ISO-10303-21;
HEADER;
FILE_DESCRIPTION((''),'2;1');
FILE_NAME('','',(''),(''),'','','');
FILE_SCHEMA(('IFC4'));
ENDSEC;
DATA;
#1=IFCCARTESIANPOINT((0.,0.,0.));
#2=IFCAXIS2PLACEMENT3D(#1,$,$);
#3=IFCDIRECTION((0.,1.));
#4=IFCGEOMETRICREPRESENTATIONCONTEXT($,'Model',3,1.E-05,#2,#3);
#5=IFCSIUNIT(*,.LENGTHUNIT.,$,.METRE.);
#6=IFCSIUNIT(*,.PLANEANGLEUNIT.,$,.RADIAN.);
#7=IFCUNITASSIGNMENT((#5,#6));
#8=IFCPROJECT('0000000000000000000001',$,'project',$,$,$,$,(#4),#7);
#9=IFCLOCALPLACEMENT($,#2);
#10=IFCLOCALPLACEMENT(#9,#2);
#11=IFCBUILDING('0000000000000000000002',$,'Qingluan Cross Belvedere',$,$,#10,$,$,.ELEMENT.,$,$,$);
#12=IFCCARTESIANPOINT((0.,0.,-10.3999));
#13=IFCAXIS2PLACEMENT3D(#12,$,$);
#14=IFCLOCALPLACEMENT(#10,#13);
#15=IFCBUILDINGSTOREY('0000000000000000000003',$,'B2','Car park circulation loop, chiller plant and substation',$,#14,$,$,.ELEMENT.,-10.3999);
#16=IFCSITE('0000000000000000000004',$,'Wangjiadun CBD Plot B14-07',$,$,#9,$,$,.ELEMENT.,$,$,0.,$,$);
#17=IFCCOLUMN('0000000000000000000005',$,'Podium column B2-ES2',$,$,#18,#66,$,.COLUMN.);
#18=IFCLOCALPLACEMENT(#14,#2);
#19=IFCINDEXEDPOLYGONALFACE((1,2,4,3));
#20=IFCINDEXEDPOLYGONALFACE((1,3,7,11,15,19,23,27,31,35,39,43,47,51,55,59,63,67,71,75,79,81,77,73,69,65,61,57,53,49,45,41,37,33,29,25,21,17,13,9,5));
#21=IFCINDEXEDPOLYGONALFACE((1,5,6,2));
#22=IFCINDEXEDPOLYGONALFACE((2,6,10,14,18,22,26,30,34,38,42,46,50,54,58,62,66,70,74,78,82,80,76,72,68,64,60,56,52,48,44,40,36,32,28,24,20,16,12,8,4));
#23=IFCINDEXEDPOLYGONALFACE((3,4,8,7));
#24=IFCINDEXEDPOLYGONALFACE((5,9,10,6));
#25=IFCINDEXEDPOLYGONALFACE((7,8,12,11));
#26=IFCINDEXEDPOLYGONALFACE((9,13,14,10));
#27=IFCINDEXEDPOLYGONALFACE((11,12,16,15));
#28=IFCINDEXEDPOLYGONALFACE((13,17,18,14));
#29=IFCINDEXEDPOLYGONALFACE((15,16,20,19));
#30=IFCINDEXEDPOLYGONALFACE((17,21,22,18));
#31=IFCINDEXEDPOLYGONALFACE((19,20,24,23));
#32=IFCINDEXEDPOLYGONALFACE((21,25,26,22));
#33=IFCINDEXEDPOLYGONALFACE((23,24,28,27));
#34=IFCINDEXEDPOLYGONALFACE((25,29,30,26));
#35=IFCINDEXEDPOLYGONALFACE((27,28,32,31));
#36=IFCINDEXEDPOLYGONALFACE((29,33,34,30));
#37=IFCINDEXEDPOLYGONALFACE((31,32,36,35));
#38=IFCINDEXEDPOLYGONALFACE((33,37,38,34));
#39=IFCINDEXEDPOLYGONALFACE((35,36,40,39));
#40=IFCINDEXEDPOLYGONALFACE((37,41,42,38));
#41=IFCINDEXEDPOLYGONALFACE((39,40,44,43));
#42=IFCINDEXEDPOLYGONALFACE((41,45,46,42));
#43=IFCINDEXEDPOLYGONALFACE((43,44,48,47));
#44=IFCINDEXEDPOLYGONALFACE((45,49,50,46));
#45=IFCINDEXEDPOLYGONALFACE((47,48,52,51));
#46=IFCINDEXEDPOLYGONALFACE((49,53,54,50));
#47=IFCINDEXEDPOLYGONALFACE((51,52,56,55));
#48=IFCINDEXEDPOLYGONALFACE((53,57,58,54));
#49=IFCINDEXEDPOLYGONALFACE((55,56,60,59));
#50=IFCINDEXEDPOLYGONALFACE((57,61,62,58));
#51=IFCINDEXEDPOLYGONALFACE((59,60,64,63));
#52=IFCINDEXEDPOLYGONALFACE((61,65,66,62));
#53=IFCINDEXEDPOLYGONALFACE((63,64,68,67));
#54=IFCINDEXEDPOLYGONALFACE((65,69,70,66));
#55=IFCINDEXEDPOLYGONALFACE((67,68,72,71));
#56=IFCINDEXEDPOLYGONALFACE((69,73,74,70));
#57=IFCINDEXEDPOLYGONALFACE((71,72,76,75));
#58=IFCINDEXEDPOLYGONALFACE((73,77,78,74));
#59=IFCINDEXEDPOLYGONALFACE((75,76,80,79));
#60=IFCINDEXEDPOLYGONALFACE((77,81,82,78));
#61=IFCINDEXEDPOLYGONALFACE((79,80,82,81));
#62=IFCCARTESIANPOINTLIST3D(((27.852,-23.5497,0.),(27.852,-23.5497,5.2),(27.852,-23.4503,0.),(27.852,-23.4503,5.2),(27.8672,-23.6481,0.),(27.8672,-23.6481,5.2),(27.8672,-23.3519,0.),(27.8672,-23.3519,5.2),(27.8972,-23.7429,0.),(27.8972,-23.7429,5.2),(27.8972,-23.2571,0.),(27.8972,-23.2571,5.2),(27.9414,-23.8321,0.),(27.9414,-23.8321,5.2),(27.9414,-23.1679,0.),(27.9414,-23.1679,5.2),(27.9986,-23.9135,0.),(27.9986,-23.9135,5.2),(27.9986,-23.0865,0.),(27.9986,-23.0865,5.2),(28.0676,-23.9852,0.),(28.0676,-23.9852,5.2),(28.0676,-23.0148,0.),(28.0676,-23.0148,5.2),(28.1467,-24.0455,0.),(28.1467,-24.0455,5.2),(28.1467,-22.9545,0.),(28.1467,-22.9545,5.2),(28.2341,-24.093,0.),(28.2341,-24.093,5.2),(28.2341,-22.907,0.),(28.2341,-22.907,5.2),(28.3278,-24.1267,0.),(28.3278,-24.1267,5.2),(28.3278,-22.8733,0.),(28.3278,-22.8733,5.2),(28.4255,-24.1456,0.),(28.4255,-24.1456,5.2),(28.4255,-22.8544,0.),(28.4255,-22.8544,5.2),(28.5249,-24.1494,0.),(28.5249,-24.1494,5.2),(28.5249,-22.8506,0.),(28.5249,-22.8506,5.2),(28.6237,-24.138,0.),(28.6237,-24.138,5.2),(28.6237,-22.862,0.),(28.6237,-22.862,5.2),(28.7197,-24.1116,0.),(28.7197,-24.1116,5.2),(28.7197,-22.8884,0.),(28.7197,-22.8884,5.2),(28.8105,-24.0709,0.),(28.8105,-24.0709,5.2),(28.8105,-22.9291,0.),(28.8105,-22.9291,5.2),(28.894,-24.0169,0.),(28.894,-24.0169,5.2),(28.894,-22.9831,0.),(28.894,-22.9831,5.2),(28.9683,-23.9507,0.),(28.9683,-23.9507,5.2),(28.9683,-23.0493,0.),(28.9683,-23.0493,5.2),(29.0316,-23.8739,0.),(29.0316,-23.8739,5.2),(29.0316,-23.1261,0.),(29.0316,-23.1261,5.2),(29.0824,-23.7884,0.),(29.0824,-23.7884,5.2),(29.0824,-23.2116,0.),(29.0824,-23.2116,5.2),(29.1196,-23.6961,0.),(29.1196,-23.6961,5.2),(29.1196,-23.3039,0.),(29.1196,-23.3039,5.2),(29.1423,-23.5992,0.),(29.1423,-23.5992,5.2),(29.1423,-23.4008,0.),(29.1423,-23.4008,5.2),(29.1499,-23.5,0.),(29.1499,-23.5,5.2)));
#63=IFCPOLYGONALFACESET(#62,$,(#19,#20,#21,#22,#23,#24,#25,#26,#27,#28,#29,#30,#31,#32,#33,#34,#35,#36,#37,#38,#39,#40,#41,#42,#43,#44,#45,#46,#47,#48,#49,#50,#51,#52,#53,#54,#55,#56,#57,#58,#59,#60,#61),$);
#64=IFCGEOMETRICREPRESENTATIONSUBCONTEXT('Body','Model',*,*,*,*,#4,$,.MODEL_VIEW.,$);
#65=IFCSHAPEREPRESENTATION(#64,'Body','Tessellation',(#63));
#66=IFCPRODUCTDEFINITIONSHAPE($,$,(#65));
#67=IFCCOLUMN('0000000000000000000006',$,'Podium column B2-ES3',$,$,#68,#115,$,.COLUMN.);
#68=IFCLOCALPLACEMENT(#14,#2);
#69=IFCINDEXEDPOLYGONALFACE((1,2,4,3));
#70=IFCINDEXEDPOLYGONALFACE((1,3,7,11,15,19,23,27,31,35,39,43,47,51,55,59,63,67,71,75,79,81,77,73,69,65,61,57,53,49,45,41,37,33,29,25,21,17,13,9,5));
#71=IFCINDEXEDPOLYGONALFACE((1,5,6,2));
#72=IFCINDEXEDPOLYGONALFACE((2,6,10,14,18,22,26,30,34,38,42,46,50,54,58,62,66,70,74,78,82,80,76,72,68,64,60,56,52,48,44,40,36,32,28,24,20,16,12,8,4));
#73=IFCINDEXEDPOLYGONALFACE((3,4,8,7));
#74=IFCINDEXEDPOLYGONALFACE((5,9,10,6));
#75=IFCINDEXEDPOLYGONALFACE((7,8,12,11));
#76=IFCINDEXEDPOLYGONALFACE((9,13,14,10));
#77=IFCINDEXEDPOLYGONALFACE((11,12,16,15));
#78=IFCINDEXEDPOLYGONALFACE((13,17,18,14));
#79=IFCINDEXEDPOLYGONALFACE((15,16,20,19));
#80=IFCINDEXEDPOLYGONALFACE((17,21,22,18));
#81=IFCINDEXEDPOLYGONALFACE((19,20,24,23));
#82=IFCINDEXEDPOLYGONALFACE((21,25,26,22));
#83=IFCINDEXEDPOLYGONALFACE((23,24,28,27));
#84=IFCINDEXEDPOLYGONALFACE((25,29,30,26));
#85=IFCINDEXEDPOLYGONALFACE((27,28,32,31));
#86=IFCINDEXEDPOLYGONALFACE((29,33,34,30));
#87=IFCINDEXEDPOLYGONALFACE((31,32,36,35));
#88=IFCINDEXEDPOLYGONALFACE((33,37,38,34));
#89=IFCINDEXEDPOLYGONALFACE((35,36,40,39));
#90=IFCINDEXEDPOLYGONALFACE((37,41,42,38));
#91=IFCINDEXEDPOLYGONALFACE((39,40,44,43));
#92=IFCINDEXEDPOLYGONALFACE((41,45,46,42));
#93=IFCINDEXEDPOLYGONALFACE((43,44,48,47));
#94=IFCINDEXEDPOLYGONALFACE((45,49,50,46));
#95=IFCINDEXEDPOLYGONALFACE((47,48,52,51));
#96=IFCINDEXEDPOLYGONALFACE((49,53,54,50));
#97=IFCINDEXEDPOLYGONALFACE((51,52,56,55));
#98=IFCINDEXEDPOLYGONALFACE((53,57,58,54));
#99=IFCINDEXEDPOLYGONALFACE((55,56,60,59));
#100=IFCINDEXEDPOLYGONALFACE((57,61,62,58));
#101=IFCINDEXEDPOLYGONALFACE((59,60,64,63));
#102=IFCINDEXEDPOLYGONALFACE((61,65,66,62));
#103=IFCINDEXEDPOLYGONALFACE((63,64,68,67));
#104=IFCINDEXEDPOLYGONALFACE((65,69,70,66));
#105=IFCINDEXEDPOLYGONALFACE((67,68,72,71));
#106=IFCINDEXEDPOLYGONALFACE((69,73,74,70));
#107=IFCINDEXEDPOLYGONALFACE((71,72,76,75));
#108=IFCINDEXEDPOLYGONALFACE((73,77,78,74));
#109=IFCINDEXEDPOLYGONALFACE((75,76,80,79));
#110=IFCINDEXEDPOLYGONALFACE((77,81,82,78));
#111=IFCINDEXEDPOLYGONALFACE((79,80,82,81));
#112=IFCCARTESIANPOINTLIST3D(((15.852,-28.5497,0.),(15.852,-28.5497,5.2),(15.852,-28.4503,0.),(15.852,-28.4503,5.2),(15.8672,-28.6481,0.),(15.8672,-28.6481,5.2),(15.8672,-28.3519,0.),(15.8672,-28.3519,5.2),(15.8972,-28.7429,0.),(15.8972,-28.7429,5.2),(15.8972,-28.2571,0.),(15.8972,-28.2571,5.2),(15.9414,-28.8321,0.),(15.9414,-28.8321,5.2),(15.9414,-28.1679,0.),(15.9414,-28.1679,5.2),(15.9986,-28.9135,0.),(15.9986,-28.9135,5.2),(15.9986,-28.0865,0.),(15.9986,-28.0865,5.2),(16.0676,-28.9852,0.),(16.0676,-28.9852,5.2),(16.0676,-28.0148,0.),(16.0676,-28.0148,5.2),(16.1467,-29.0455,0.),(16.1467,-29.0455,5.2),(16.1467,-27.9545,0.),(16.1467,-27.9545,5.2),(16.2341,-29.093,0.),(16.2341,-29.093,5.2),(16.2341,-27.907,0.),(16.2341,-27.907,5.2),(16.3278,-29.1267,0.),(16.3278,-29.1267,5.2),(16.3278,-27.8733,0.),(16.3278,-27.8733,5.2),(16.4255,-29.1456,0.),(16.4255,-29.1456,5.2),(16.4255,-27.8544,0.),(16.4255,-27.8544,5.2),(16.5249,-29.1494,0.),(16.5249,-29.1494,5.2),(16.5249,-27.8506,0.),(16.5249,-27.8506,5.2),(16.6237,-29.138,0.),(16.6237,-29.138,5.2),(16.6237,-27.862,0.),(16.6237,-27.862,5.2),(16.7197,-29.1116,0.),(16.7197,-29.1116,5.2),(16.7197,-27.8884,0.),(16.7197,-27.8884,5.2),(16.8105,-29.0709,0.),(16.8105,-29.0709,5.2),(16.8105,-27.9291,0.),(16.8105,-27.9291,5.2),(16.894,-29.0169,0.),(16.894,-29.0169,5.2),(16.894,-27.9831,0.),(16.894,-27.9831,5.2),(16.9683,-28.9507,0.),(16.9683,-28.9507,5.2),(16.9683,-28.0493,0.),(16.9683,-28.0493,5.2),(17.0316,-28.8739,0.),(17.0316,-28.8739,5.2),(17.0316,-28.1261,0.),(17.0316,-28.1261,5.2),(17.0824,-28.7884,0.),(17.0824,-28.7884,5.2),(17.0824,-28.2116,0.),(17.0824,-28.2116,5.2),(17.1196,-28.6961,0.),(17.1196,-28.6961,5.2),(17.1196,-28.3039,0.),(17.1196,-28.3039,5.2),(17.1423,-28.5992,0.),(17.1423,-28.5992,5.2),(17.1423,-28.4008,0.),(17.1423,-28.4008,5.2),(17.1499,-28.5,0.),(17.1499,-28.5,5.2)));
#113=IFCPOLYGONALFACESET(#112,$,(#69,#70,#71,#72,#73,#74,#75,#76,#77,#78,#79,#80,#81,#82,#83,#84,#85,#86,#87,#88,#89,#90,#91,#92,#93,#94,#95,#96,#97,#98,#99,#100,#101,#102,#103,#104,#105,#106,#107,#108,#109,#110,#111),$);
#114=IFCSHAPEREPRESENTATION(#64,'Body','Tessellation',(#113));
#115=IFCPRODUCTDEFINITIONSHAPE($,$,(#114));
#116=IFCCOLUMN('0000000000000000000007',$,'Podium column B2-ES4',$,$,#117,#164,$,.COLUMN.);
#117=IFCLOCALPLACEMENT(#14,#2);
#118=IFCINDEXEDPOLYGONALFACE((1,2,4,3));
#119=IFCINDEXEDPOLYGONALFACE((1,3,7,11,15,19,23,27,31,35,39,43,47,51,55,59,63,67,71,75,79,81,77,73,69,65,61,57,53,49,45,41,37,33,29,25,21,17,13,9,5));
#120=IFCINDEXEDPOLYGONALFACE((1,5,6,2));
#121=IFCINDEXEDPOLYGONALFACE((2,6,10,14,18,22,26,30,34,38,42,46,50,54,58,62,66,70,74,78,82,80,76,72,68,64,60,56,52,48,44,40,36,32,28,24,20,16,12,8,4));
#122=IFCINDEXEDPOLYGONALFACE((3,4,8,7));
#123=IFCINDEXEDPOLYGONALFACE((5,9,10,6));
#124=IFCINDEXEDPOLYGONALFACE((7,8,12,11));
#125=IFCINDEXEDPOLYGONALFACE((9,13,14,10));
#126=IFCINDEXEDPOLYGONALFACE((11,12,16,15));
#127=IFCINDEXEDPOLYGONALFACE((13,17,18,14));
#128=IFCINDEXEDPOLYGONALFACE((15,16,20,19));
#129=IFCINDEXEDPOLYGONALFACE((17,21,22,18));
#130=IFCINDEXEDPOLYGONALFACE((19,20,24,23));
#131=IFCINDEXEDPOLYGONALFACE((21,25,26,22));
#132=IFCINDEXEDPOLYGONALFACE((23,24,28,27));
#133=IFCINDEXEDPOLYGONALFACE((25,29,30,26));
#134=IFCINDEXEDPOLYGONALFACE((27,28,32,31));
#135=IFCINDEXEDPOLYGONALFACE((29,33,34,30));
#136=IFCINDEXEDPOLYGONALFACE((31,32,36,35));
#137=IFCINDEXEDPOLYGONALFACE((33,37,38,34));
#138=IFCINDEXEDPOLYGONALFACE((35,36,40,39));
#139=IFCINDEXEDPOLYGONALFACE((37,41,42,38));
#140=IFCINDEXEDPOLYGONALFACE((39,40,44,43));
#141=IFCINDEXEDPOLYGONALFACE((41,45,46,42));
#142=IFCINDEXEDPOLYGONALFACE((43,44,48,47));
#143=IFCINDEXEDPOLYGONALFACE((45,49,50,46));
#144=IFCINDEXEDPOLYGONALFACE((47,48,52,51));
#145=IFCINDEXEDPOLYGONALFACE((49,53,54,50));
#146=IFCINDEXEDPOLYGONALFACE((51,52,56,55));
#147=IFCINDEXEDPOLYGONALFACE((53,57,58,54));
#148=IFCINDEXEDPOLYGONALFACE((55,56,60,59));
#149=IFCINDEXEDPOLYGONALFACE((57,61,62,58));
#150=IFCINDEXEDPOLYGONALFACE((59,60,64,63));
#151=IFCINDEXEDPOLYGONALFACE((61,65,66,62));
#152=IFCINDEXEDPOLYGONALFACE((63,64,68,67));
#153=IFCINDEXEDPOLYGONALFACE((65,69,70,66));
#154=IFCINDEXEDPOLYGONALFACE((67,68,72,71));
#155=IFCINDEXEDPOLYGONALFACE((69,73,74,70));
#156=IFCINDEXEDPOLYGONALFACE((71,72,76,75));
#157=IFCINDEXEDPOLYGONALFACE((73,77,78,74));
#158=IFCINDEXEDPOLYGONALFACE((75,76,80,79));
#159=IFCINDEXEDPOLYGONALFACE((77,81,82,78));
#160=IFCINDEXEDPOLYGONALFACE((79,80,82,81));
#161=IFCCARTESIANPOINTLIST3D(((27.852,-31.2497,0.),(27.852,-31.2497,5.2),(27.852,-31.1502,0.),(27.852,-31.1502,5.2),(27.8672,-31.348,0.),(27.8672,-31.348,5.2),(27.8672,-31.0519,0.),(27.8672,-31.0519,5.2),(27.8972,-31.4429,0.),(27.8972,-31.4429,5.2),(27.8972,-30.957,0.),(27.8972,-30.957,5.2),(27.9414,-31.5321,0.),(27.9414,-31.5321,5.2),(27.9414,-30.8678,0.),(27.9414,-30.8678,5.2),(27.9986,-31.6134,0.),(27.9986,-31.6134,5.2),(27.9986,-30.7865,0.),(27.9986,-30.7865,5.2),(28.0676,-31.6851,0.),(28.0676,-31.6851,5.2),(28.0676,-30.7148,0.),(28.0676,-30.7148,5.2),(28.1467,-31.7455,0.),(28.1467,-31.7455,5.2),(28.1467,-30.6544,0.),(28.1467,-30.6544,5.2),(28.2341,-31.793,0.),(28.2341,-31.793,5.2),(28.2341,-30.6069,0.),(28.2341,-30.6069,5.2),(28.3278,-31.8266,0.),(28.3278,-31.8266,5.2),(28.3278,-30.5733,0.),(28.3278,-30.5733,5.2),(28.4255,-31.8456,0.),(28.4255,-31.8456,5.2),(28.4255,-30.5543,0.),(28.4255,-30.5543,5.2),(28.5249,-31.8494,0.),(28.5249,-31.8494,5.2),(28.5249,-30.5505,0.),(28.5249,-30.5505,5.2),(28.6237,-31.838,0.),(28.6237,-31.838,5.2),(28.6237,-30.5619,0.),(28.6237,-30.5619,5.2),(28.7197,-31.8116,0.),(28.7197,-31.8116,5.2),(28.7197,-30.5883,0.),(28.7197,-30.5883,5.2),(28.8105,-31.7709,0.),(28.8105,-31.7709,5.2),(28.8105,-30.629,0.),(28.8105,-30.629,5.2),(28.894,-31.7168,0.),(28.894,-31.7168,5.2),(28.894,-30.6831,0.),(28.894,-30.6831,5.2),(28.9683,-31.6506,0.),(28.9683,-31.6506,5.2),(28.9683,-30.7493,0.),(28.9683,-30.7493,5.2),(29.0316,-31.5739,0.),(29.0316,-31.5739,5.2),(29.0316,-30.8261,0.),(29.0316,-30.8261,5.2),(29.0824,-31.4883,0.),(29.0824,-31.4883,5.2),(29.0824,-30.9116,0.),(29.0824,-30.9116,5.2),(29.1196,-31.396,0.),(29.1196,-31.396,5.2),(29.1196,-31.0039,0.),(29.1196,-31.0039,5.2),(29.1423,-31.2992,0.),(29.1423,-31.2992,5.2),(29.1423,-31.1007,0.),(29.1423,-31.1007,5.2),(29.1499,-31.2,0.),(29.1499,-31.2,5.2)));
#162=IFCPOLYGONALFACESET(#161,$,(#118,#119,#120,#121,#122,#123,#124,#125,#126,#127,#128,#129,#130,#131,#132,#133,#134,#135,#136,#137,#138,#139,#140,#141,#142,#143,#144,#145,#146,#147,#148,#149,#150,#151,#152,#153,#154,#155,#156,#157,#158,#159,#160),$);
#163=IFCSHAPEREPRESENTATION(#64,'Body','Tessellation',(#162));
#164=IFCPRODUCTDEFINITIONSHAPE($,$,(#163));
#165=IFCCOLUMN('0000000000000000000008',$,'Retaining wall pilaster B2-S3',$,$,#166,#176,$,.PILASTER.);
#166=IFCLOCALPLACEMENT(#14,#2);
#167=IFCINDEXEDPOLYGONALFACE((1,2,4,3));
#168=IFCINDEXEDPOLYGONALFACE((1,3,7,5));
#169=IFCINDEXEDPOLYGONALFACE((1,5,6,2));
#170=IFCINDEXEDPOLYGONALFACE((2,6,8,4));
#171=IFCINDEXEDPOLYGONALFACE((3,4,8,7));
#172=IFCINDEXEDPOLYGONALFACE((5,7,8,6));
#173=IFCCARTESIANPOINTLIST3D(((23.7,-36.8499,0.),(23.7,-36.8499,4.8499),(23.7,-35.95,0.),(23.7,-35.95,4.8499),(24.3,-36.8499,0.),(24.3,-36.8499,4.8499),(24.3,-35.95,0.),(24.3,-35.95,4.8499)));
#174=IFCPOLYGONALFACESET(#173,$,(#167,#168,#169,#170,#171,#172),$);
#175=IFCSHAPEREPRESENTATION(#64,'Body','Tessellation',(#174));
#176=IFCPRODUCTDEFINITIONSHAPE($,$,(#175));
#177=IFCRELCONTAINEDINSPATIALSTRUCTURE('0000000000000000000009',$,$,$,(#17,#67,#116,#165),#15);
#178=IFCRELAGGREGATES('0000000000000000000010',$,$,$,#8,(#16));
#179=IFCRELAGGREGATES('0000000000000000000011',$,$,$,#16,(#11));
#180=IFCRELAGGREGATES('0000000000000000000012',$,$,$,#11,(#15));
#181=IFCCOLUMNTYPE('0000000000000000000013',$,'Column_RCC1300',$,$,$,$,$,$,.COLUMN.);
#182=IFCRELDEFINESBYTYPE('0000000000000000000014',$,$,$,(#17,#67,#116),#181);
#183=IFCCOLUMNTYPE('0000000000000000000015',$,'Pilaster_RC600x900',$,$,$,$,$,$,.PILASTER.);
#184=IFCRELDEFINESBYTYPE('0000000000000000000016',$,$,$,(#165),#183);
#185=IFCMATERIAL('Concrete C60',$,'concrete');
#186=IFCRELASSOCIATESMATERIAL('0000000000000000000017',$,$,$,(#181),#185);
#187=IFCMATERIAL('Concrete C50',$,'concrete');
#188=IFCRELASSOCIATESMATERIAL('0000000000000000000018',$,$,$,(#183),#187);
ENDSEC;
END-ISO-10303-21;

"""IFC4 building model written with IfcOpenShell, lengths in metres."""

from ifc_helpers import new_model, si_unit, direction, frame, origin, origin_2d, place, context, subcontext, project, spatial, rectangle, circle, extrude, material, material_profile, profile_set, type_object, element, save


model = new_model("IFC4")

# Units and contexts
model_context = context("Model", 3, precision=1e-05, world=origin(), true_north=direction((0.0, 1.0)))
body_context = subcontext(model_context, "Body", "Model", "MODEL_VIEW")
ifc_project = project(units=[si_unit("LENGTHUNIT", "METRE"), si_unit("PLANEANGLEUNIT", "RADIAN")], contexts=[model_context])

# Site, building, storey
site_placement = place(None, origin())
site = spatial("IfcSite", under=ifc_project, at=site_placement, Name="Wangjiadun CBD Plot B14-07", CompositionType="ELEMENT", RefElevation=0.0)
building_placement = place(site_placement, origin())
building = spatial("IfcBuilding", under=site, at=building_placement, Name="Qingluan Cross Belvedere", CompositionType="ELEMENT")
storey_placement = place(building_placement, frame((0.0, 0.0, -10.3999)))
storey = spatial("IfcBuildingStorey", under=building, at=storey_placement, Name="B2", Description="Car park circulation loop, chiller plant and substation", CompositionType="ELEMENT", Elevation=-10.3999)

# Columns
ifc_material_1 = material(Name="Concrete C60", Category="concrete")
ifc_material_profile_1 = material_profile(ifc_material_1, circle(Radius=0.6499, at=origin_2d()), Name="RCC1300")
ifc_profile_set_1 = profile_set([ifc_material_profile_1], Name="Concrete C60")
column_type_1 = type_object("IfcColumnType", Name="Column_RCC1300", PredefinedType="COLUMN", material=ifc_profile_set_1)
for number, where, z_axis, x_axis, name in (
    (1, (28.5, -23.5, 0.0), (0.0, 0.0, 1.0), (1.0, 0.0, 0.0), "Podium column B2-ES2"),
    (2, (16.5, -28.5, 0.0), (0.0, 0.0, 1.0), (1.0, 0.0, 0.0), "Podium column B2-ES3"),
    (3, (28.5, -31.2, 0.0), (0.0, 0.0, 1.0), (1.0, 0.0, 0.0), "Podium column B2-ES4"),
):
    element("IfcColumn", number, at=place(storey_placement, frame(where, z_axis=z_axis, x_axis=x_axis)), inside=storey, type_object=column_type_1, Name=name, PredefinedType="COLUMN", context=body_context, shape_type="SweptSolid", body=[
        extrude(circle(Radius=0.6499, at=origin_2d()), origin(), (0.0, 0.0, 1.0), 5.2),
    ])
ifc_material_2 = material(Name="Concrete C50", Category="concrete")
ifc_material_profile_2 = material_profile(ifc_material_2, rectangle(XDim=0.6001, YDim=0.8999, at=origin_2d()), Name="RC600x900")
ifc_profile_set_2 = profile_set([ifc_material_profile_2], Name="Concrete C50")
column_type_2 = type_object("IfcColumnType", Name="Pilaster_RC600x900", PredefinedType="PILASTER", material=ifc_profile_set_2)
column_1_placement = place(storey_placement, frame((24.0, -36.3999, 0.0), z_axis=(0.0, 0.0, 1.0), x_axis=(1.0, 0.0, 0.0)))
element("IfcColumn", 4, at=column_1_placement, inside=storey, type_object=column_type_2, Name="Retaining wall pilaster B2-S3", PredefinedType="PILASTER", context=body_context, shape_type="SweptSolid", body=[
    extrude(rectangle(XDim=0.6001, YDim=0.8999, at=origin_2d()), origin(), (0.0, 0.0, 1.0), 4.8499),
])

save(model, "model.ifc")
